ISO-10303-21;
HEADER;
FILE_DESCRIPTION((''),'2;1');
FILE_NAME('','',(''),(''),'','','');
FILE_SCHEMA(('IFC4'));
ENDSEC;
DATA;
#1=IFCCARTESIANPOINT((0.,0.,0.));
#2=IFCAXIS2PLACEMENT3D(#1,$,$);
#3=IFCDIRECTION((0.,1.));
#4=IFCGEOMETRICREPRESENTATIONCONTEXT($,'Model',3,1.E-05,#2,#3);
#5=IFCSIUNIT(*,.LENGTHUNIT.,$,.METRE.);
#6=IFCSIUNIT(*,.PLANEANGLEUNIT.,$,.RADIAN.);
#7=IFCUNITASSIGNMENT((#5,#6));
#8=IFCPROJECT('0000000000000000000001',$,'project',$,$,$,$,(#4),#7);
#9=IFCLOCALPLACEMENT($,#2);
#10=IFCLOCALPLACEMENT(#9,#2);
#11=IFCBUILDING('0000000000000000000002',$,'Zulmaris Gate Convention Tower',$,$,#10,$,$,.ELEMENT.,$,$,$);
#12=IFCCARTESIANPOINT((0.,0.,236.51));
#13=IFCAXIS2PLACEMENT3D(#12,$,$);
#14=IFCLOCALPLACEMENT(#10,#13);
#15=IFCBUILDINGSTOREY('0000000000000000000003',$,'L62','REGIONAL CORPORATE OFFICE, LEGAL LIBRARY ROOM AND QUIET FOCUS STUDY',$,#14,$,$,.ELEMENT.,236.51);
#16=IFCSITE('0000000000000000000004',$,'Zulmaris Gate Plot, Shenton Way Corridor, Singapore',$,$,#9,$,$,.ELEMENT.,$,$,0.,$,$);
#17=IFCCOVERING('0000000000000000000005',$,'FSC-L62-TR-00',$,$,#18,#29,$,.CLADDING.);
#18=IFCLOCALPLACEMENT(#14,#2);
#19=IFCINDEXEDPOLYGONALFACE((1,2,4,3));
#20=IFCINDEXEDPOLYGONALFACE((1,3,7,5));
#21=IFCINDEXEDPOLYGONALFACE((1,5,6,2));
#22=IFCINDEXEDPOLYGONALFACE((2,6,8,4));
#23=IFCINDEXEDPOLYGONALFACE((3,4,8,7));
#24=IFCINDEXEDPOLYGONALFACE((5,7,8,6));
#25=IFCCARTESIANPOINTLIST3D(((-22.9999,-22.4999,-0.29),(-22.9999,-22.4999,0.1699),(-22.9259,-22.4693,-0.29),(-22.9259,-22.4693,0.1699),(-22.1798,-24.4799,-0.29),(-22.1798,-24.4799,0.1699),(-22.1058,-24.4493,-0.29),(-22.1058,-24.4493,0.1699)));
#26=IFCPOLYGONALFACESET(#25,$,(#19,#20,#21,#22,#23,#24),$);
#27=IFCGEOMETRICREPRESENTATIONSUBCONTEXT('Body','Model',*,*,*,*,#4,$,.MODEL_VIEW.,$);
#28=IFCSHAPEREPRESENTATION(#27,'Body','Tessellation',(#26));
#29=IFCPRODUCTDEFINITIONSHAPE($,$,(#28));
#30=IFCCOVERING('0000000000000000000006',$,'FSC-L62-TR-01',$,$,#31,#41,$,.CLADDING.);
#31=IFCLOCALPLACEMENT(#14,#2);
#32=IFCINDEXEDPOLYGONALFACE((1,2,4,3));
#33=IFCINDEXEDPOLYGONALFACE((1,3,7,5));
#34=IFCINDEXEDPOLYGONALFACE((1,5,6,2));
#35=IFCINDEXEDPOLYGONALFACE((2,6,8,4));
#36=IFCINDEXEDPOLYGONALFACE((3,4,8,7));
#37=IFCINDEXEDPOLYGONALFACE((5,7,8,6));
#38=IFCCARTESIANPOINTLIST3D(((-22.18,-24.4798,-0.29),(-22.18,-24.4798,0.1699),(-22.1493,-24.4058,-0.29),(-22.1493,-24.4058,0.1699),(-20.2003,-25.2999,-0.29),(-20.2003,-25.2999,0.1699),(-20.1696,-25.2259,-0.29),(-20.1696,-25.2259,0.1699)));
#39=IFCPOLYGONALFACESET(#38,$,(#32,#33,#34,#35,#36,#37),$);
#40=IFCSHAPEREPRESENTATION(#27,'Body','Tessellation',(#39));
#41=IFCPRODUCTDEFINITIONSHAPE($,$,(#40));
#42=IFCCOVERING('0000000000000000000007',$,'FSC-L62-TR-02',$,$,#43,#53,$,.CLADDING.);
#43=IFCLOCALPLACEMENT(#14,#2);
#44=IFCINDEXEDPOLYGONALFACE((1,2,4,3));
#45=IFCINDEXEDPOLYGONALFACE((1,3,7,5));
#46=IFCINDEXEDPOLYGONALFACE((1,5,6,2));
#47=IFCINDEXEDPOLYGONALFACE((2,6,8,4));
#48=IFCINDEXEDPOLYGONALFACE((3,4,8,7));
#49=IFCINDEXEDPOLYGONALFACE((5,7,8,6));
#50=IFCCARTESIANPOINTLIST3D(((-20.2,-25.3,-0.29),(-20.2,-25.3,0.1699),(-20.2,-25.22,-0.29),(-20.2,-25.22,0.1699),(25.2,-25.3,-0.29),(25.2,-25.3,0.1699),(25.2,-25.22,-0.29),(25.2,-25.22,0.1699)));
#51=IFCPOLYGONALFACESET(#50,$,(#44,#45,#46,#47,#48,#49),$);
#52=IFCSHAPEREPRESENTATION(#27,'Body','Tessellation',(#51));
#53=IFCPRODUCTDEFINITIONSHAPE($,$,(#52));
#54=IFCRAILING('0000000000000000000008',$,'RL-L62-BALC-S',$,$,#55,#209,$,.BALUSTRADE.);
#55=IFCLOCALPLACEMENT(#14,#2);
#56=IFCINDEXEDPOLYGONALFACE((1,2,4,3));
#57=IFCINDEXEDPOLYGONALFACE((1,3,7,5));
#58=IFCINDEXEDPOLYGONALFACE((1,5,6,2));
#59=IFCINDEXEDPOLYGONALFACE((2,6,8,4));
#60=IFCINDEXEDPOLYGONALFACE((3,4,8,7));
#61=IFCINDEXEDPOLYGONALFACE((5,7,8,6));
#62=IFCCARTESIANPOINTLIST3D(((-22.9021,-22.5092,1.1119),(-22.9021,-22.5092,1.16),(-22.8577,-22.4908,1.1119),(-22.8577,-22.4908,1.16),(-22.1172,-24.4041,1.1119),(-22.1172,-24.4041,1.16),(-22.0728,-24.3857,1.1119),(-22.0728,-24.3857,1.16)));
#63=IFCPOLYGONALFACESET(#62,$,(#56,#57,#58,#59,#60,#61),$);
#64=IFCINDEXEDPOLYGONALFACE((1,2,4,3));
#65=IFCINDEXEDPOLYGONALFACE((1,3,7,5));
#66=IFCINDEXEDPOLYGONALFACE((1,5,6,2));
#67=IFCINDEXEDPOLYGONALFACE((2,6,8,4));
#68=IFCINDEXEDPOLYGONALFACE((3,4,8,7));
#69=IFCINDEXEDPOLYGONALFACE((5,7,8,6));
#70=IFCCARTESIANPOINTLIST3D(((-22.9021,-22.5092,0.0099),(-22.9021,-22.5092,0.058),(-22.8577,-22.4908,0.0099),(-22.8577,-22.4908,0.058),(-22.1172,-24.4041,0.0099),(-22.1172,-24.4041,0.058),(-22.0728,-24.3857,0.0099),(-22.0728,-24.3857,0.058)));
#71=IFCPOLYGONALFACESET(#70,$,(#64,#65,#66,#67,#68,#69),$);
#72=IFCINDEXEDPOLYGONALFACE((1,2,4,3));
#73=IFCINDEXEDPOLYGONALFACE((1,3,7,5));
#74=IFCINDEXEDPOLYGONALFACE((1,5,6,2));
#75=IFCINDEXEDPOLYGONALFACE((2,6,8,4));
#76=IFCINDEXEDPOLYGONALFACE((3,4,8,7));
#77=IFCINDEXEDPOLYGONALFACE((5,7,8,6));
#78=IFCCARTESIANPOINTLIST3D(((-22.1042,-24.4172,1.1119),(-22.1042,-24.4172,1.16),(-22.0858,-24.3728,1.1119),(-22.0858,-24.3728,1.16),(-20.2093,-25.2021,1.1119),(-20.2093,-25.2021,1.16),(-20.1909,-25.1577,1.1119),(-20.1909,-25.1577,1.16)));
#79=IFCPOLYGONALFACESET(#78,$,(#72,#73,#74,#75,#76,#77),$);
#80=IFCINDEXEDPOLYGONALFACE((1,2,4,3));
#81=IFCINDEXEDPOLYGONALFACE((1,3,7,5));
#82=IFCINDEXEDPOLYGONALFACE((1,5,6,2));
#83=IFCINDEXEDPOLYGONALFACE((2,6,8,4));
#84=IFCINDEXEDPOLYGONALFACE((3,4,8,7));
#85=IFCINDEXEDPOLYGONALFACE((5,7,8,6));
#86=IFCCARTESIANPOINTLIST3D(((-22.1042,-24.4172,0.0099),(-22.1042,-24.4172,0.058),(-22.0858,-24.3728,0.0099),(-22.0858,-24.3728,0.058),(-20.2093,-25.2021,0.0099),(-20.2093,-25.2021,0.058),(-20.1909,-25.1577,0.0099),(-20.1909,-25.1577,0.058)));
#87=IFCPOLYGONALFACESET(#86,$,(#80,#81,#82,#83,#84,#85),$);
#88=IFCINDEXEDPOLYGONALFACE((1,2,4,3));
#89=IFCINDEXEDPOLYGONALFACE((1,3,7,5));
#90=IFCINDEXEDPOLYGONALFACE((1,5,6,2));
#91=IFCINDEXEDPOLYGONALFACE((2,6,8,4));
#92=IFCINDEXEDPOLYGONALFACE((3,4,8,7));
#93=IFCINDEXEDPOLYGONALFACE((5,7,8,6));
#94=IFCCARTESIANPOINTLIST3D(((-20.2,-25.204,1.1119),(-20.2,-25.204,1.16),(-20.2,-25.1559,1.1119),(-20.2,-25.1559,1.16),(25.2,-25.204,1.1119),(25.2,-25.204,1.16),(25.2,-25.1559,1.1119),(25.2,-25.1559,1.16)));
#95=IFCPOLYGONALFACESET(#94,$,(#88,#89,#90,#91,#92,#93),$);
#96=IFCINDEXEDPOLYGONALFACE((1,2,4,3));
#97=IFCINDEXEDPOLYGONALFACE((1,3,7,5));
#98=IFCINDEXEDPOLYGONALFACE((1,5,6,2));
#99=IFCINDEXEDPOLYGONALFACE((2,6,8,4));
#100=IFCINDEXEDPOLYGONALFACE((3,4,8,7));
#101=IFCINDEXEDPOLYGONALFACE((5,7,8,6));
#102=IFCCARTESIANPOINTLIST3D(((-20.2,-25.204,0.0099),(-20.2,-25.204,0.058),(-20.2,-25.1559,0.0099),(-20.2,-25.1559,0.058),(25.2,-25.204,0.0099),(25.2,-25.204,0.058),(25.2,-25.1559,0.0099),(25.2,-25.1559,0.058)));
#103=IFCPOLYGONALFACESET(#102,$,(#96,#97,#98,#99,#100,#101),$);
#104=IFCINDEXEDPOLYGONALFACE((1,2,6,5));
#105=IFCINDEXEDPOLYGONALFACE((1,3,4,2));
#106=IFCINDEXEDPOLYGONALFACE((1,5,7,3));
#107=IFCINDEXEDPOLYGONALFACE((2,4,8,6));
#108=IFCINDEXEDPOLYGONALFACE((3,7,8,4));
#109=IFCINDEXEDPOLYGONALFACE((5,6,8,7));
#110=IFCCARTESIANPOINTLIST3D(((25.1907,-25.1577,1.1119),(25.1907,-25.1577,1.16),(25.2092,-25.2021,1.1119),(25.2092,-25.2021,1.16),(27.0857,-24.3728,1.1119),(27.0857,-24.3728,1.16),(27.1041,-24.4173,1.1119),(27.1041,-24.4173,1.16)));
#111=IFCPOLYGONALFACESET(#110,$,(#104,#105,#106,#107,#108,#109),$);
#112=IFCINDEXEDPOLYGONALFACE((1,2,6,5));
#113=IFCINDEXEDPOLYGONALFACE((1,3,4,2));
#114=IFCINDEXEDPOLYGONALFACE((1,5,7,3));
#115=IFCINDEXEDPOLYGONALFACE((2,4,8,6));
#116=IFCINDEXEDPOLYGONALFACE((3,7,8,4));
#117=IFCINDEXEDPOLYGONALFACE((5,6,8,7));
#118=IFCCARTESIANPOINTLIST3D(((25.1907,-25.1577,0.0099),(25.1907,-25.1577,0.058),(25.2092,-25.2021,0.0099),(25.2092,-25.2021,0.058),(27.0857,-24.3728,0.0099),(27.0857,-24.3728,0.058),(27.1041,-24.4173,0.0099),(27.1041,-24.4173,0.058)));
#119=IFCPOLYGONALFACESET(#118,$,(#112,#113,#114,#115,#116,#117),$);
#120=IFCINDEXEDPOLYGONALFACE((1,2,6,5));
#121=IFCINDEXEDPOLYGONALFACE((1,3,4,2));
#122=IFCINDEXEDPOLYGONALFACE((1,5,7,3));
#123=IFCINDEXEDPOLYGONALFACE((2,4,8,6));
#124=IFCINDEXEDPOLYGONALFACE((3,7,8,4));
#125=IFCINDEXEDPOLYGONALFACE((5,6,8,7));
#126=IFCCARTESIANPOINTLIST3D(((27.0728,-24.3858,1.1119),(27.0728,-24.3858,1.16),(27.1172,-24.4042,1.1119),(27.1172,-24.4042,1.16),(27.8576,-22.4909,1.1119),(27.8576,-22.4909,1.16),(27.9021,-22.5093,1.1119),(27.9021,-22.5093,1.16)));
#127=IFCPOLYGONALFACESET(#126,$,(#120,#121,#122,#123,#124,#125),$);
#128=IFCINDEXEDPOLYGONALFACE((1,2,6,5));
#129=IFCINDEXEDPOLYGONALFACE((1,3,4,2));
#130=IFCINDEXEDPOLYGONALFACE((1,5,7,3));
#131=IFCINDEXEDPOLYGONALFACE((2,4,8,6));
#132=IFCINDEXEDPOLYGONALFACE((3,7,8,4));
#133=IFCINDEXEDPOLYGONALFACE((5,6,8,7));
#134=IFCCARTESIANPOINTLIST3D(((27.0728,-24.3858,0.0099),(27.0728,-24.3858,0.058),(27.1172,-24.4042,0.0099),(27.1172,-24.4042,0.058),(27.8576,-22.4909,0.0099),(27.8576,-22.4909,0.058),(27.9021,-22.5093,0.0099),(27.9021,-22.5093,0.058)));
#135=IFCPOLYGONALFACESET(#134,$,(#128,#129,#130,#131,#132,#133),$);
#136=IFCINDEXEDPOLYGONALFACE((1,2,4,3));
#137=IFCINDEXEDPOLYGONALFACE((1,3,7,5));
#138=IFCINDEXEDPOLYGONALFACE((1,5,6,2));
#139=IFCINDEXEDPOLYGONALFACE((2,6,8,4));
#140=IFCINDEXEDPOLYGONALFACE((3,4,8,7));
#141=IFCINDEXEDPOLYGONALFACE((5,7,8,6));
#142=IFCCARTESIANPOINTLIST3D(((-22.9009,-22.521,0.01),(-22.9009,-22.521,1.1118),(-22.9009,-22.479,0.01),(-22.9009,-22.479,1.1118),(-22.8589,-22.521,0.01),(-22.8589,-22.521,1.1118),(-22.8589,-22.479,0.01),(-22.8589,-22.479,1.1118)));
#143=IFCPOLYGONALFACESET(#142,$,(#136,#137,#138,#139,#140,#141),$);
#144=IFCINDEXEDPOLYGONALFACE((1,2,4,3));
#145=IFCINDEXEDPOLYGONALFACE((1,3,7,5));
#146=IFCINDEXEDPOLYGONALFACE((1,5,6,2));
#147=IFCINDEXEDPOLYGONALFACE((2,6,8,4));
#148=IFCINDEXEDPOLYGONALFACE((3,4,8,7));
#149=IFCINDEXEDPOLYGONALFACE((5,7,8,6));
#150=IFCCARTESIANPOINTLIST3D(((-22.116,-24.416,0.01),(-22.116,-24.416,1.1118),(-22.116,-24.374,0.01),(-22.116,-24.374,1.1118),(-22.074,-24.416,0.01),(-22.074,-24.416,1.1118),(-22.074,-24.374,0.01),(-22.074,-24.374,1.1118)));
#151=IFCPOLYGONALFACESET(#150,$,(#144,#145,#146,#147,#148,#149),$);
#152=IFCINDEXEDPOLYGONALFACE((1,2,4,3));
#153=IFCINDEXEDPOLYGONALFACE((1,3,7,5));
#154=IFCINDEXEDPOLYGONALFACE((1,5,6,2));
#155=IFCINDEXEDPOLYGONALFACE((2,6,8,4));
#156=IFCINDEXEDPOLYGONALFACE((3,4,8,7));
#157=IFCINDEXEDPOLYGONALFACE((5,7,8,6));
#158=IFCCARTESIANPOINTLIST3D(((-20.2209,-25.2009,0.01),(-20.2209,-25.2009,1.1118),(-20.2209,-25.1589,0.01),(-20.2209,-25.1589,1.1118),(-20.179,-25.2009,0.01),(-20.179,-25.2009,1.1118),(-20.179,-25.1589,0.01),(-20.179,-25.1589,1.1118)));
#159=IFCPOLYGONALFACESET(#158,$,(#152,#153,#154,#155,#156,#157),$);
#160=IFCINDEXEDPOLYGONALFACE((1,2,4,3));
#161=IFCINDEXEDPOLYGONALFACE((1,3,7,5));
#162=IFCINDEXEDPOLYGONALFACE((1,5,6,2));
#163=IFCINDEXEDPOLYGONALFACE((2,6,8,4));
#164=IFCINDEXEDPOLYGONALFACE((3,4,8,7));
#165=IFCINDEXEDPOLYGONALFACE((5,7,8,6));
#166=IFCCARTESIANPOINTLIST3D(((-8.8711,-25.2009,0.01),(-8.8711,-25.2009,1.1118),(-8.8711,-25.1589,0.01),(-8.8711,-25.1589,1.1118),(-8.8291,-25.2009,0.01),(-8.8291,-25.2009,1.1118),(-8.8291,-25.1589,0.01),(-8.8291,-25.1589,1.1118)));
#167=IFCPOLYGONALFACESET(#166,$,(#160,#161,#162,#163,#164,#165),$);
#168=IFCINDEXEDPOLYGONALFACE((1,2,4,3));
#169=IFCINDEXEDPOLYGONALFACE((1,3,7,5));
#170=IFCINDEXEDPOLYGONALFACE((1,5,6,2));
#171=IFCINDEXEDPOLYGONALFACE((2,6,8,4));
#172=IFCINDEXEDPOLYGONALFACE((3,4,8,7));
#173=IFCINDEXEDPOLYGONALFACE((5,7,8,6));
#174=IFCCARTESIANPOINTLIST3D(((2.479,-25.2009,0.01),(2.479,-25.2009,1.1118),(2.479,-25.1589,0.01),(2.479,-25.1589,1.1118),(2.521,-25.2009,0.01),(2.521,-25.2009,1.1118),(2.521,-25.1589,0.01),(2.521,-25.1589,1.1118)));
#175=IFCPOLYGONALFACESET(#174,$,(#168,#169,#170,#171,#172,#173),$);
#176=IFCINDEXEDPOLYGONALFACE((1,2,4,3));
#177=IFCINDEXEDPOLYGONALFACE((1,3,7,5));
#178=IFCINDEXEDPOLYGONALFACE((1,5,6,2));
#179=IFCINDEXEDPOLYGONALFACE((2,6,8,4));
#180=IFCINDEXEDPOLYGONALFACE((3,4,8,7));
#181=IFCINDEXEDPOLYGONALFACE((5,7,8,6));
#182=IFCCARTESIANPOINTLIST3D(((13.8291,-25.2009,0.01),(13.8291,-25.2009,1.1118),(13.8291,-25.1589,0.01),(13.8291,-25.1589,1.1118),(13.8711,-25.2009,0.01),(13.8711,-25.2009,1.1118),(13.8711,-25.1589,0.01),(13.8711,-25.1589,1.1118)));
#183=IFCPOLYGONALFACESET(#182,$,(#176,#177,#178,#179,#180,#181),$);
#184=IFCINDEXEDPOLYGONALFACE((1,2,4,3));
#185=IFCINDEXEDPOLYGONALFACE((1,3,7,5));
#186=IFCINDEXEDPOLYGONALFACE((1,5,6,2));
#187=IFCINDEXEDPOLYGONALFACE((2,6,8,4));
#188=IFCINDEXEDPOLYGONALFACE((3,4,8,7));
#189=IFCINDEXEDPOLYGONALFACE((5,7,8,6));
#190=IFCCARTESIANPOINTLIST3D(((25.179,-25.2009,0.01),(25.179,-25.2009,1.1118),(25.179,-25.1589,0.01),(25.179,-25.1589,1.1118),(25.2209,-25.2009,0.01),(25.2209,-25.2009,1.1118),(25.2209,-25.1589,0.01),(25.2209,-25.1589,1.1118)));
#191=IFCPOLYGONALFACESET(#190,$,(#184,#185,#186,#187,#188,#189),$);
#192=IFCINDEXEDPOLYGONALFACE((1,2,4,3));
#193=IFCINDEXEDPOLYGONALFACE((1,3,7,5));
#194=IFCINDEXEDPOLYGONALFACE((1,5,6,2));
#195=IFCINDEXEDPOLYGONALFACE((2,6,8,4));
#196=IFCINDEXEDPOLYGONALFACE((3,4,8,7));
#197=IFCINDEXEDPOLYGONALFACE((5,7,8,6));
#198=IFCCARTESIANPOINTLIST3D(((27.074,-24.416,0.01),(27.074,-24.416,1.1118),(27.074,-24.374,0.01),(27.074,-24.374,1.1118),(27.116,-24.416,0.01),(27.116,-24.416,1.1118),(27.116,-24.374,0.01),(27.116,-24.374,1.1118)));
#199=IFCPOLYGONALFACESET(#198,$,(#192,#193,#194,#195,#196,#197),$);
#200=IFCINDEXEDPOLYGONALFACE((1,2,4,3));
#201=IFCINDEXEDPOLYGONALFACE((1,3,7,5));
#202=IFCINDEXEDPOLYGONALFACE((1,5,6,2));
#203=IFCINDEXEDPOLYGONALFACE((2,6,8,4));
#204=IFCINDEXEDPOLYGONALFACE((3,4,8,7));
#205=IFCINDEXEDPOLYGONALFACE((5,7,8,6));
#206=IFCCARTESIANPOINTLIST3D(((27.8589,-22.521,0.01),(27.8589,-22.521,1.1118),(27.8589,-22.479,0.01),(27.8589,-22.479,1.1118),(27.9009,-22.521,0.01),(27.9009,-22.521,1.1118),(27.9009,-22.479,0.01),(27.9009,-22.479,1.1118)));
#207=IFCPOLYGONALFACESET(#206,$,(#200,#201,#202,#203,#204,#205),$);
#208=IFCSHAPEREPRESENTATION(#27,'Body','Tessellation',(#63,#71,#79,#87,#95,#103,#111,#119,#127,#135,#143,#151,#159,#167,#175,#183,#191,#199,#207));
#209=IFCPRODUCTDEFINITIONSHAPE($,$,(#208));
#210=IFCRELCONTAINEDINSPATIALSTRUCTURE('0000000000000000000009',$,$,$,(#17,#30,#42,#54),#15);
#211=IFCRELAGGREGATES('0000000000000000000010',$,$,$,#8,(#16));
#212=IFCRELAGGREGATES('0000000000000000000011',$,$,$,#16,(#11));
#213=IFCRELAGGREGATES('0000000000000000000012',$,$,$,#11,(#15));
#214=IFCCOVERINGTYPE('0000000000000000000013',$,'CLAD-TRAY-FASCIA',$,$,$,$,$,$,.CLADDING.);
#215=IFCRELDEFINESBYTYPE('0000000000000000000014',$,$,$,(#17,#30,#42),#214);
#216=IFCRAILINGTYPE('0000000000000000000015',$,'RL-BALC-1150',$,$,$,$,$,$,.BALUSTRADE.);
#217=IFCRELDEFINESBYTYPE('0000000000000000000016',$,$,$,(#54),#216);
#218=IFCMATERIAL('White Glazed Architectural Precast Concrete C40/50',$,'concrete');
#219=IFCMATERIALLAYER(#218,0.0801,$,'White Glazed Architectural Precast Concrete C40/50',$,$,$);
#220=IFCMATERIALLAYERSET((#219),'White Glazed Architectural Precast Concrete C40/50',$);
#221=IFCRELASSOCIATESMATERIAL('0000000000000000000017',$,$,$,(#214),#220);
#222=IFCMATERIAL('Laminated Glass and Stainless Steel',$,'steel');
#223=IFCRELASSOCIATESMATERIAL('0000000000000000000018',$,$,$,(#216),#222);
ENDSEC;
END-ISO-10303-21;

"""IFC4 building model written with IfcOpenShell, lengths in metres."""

from ifc_helpers import new_model, si_unit, direction, frame, frame_2d, origin, origin_2d, place, context, subcontext, project, spatial, rectangle, extrude, material, layer, layer_set, type_object, element, save


model = new_model("IFC4")

# Units and contexts
model_context = context("Model", 3, precision=1e-05, world=origin(), true_north=direction((0.0, 1.0)))
body_context = subcontext(model_context, "Body", "Model", "MODEL_VIEW")
ifc_project = project(units=[si_unit("LENGTHUNIT", "METRE"), si_unit("PLANEANGLEUNIT", "RADIAN")], contexts=[model_context])

# Site, building, storey
site_placement = place(None, origin())
site = spatial("IfcSite", under=ifc_project, at=site_placement, Name="Zulmaris Gate Plot, Shenton Way Corridor, Singapore", CompositionType="ELEMENT", RefElevation=0.0)
building_placement = place(site_placement, origin())
building = spatial("IfcBuilding", under=site, at=building_placement, Name="Zulmaris Gate Convention Tower", CompositionType="ELEMENT")
storey_placement = place(building_placement, frame((0.0, 0.0, 236.51)))
storey = spatial("IfcBuildingStorey", under=building, at=storey_placement, Name="L62", Description="REGIONAL CORPORATE OFFICE, LEGAL LIBRARY ROOM AND QUIET FOCUS STUDY", CompositionType="ELEMENT", Elevation=236.51)

# Coverings
ifc_material_1 = material(Name="White Glazed Architectural Precast Concrete C40/50", Category="concrete")
ifc_layer_1 = layer(ifc_material_1, 0.0801, Name="White Glazed Architectural Precast Concrete C40/50")
ifc_layer_set_1 = layer_set([ifc_layer_1], Name="White Glazed Architectural Precast Concrete C40/50")
covering_type = type_object("IfcCoveringType", Name="CLAD-TRAY-FASCIA", PredefinedType="CLADDING", material=ifc_layer_set_1)
covering_1_placement = place(storey_placement, frame((-22.9629, -22.4846, -0.29), z_axis=(0.0, 0.0, 1.0), x_axis=(0.382657, -0.92389, 0.0)))
element("IfcCovering", 1, at=covering_1_placement, inside=storey, type_object=covering_type, Name="FSC-L62-TR-00", PredefinedType="CLADDING", context=body_context, shape_type="SweptSolid", body=[
    extrude(rectangle(XDim=2.1431, YDim=0.0801, at=frame_2d((1.0715, 0.0))), origin(), (0.0, 0.0, 1.0), 0.46),
])
covering_2_placement = place(storey_placement, frame((-22.1646, -24.4429, -0.29), z_axis=(0.0, 0.0, 1.0), x_axis=(0.923874, -0.382697, 0.0)))
element("IfcCovering", 2, at=covering_2_placement, inside=storey, type_object=covering_type, Name="FSC-L62-TR-01", PredefinedType="CLADDING", context=body_context, shape_type="SweptSolid", body=[
    extrude(rectangle(XDim=2.1428, YDim=0.0801, at=frame_2d((1.0713, 0.0))), origin(), (0.0, 0.0, 1.0), 0.46),
])
covering_3_placement = place(storey_placement, frame((-20.2, -25.26, -0.29), z_axis=(0.0, 0.0, 1.0), x_axis=(1.0, 0.0, 0.0)))
element("IfcCovering", 3, at=covering_3_placement, inside=storey, type_object=covering_type, Name="FSC-L62-TR-02", PredefinedType="CLADDING", context=body_context, shape_type="SweptSolid", body=[
    extrude(rectangle(XDim=45.3999, YDim=0.0801, at=frame_2d((22.7, 0.0))), origin(), (0.0, 0.0, 1.0), 0.46),
])

# Railing
ifc_material_2 = material(Name="Laminated Glass and Stainless Steel", Category="steel")
railing_type = type_object("IfcRailingType", Name="RL-BALC-1150", PredefinedType="BALUSTRADE", material=ifc_material_2)
railing_placement = place(storey_placement, frame((-22.8799, -22.5, 0.01)))
element("IfcRailing", 4, at=railing_placement, inside=storey, type_object=railing_type, Name="RL-L62-BALC-S", PredefinedType="BALUSTRADE", context=body_context, shape_type="SweptSolid", body=[
    extrude(rectangle(XDim=0.0481, YDim=0.0481, at=origin_2d()), frame((0.0, 0.0, 1.126), z_axis=(0.382671, -0.923885, 0.0), x_axis=(0.923885, 0.382671, 0.0)), (0.0, 0.0, 1.0), 2.051),
    extrude(rectangle(XDim=0.0481, YDim=0.0481, at=origin_2d()), frame((0.0, 0.0, 0.0239), z_axis=(0.382671, -0.923885, 0.0), x_axis=(0.923885, 0.382671, 0.0)), (0.0, 0.0, 1.0), 2.051),
    extrude(rectangle(XDim=0.0481, YDim=0.0481, at=origin_2d()), frame((0.7849, -1.895, 1.126), z_axis=(0.923885, -0.382671, 0.0), x_axis=(0.382671, 0.923885, 0.0)), (0.0, 0.0, 1.0), 2.051),
    extrude(rectangle(XDim=0.0481, YDim=0.0481, at=origin_2d()), frame((0.7849, -1.895, 0.0239), z_axis=(0.923885, -0.382671, 0.0), x_axis=(0.382671, 0.923885, 0.0)), (0.0, 0.0, 1.0), 2.051),
    extrude(rectangle(XDim=0.0481, YDim=0.0481, at=origin_2d()), frame((2.6799, -2.6799, 1.126), z_axis=(1.0, 0.0, 0.0), x_axis=(0.0, 1.0, 0.0)), (0.0, 0.0, 1.0), 45.3999),
    extrude(rectangle(XDim=0.0481, YDim=0.0481, at=origin_2d()), frame((2.6799, -2.6799, 0.0239), z_axis=(1.0, 0.0, 0.0), x_axis=(0.0, 1.0, 0.0)), (0.0, 0.0, 1.0), 45.3999),
    extrude(rectangle(XDim=0.0481, YDim=0.0481, at=origin_2d()), frame((48.0798, -2.6799, 1.126), z_axis=(0.923885, 0.382671, 0.0), x_axis=(-0.382671, 0.923885, 0.0)), (0.0, 0.0, 1.0), 2.051),
    extrude(rectangle(XDim=0.0481, YDim=0.0481, at=origin_2d()), frame((48.0798, -2.6799, 0.0239), z_axis=(0.923885, 0.382671, 0.0), x_axis=(-0.382671, 0.923885, 0.0)), (0.0, 0.0, 1.0), 2.051),
    extrude(rectangle(XDim=0.0481, YDim=0.0481, at=origin_2d()), frame((49.9749, -1.895, 1.126), z_axis=(0.382671, 0.923885, 0.0), x_axis=(-0.923885, 0.382671, 0.0)), (0.0, 0.0, 1.0), 2.051),
    extrude(rectangle(XDim=0.0481, YDim=0.0481, at=origin_2d()), frame((49.9749, -1.895, 0.0239), z_axis=(0.382671, 0.923885, 0.0), x_axis=(-0.923885, 0.382671, 0.0)), (0.0, 0.0, 1.0), 2.051),
    extrude(rectangle(XDim=0.042, YDim=0.042, at=origin_2d()), origin(), (0.0, 0.0, 1.0), 1.1018),
    extrude(rectangle(XDim=0.042, YDim=0.042, at=origin_2d()), frame((0.7849, -1.895, 0.0)), (0.0, 0.0, 1.0), 1.1018),
    extrude(rectangle(XDim=0.042, YDim=0.042, at=origin_2d()), frame((2.6799, -2.6799, 0.0)), (0.0, 0.0, 1.0), 1.1018),
    extrude(rectangle(XDim=0.042, YDim=0.042, at=origin_2d()), frame((14.0298, -2.6799, 0.0)), (0.0, 0.0, 1.0), 1.1018),
    extrude(rectangle(XDim=0.042, YDim=0.042, at=origin_2d()), frame((25.3799, -2.6799, 0.0)), (0.0, 0.0, 1.0), 1.1018),
    extrude(rectangle(XDim=0.042, YDim=0.042, at=origin_2d()), frame((36.73, -2.6799, 0.0)), (0.0, 0.0, 1.0), 1.1018),
    extrude(rectangle(XDim=0.042, YDim=0.042, at=origin_2d()), frame((48.0798, -2.6799, 0.0)), (0.0, 0.0, 1.0), 1.1018),
    extrude(rectangle(XDim=0.042, YDim=0.042, at=origin_2d()), frame((49.9749, -1.895, 0.0)), (0.0, 0.0, 1.0), 1.1018),
    extrude(rectangle(XDim=0.042, YDim=0.042, at=origin_2d()), frame((50.7598, 0.0, 0.0)), (0.0, 0.0, 1.0), 1.1018),
])

save(model, "model.ifc")
